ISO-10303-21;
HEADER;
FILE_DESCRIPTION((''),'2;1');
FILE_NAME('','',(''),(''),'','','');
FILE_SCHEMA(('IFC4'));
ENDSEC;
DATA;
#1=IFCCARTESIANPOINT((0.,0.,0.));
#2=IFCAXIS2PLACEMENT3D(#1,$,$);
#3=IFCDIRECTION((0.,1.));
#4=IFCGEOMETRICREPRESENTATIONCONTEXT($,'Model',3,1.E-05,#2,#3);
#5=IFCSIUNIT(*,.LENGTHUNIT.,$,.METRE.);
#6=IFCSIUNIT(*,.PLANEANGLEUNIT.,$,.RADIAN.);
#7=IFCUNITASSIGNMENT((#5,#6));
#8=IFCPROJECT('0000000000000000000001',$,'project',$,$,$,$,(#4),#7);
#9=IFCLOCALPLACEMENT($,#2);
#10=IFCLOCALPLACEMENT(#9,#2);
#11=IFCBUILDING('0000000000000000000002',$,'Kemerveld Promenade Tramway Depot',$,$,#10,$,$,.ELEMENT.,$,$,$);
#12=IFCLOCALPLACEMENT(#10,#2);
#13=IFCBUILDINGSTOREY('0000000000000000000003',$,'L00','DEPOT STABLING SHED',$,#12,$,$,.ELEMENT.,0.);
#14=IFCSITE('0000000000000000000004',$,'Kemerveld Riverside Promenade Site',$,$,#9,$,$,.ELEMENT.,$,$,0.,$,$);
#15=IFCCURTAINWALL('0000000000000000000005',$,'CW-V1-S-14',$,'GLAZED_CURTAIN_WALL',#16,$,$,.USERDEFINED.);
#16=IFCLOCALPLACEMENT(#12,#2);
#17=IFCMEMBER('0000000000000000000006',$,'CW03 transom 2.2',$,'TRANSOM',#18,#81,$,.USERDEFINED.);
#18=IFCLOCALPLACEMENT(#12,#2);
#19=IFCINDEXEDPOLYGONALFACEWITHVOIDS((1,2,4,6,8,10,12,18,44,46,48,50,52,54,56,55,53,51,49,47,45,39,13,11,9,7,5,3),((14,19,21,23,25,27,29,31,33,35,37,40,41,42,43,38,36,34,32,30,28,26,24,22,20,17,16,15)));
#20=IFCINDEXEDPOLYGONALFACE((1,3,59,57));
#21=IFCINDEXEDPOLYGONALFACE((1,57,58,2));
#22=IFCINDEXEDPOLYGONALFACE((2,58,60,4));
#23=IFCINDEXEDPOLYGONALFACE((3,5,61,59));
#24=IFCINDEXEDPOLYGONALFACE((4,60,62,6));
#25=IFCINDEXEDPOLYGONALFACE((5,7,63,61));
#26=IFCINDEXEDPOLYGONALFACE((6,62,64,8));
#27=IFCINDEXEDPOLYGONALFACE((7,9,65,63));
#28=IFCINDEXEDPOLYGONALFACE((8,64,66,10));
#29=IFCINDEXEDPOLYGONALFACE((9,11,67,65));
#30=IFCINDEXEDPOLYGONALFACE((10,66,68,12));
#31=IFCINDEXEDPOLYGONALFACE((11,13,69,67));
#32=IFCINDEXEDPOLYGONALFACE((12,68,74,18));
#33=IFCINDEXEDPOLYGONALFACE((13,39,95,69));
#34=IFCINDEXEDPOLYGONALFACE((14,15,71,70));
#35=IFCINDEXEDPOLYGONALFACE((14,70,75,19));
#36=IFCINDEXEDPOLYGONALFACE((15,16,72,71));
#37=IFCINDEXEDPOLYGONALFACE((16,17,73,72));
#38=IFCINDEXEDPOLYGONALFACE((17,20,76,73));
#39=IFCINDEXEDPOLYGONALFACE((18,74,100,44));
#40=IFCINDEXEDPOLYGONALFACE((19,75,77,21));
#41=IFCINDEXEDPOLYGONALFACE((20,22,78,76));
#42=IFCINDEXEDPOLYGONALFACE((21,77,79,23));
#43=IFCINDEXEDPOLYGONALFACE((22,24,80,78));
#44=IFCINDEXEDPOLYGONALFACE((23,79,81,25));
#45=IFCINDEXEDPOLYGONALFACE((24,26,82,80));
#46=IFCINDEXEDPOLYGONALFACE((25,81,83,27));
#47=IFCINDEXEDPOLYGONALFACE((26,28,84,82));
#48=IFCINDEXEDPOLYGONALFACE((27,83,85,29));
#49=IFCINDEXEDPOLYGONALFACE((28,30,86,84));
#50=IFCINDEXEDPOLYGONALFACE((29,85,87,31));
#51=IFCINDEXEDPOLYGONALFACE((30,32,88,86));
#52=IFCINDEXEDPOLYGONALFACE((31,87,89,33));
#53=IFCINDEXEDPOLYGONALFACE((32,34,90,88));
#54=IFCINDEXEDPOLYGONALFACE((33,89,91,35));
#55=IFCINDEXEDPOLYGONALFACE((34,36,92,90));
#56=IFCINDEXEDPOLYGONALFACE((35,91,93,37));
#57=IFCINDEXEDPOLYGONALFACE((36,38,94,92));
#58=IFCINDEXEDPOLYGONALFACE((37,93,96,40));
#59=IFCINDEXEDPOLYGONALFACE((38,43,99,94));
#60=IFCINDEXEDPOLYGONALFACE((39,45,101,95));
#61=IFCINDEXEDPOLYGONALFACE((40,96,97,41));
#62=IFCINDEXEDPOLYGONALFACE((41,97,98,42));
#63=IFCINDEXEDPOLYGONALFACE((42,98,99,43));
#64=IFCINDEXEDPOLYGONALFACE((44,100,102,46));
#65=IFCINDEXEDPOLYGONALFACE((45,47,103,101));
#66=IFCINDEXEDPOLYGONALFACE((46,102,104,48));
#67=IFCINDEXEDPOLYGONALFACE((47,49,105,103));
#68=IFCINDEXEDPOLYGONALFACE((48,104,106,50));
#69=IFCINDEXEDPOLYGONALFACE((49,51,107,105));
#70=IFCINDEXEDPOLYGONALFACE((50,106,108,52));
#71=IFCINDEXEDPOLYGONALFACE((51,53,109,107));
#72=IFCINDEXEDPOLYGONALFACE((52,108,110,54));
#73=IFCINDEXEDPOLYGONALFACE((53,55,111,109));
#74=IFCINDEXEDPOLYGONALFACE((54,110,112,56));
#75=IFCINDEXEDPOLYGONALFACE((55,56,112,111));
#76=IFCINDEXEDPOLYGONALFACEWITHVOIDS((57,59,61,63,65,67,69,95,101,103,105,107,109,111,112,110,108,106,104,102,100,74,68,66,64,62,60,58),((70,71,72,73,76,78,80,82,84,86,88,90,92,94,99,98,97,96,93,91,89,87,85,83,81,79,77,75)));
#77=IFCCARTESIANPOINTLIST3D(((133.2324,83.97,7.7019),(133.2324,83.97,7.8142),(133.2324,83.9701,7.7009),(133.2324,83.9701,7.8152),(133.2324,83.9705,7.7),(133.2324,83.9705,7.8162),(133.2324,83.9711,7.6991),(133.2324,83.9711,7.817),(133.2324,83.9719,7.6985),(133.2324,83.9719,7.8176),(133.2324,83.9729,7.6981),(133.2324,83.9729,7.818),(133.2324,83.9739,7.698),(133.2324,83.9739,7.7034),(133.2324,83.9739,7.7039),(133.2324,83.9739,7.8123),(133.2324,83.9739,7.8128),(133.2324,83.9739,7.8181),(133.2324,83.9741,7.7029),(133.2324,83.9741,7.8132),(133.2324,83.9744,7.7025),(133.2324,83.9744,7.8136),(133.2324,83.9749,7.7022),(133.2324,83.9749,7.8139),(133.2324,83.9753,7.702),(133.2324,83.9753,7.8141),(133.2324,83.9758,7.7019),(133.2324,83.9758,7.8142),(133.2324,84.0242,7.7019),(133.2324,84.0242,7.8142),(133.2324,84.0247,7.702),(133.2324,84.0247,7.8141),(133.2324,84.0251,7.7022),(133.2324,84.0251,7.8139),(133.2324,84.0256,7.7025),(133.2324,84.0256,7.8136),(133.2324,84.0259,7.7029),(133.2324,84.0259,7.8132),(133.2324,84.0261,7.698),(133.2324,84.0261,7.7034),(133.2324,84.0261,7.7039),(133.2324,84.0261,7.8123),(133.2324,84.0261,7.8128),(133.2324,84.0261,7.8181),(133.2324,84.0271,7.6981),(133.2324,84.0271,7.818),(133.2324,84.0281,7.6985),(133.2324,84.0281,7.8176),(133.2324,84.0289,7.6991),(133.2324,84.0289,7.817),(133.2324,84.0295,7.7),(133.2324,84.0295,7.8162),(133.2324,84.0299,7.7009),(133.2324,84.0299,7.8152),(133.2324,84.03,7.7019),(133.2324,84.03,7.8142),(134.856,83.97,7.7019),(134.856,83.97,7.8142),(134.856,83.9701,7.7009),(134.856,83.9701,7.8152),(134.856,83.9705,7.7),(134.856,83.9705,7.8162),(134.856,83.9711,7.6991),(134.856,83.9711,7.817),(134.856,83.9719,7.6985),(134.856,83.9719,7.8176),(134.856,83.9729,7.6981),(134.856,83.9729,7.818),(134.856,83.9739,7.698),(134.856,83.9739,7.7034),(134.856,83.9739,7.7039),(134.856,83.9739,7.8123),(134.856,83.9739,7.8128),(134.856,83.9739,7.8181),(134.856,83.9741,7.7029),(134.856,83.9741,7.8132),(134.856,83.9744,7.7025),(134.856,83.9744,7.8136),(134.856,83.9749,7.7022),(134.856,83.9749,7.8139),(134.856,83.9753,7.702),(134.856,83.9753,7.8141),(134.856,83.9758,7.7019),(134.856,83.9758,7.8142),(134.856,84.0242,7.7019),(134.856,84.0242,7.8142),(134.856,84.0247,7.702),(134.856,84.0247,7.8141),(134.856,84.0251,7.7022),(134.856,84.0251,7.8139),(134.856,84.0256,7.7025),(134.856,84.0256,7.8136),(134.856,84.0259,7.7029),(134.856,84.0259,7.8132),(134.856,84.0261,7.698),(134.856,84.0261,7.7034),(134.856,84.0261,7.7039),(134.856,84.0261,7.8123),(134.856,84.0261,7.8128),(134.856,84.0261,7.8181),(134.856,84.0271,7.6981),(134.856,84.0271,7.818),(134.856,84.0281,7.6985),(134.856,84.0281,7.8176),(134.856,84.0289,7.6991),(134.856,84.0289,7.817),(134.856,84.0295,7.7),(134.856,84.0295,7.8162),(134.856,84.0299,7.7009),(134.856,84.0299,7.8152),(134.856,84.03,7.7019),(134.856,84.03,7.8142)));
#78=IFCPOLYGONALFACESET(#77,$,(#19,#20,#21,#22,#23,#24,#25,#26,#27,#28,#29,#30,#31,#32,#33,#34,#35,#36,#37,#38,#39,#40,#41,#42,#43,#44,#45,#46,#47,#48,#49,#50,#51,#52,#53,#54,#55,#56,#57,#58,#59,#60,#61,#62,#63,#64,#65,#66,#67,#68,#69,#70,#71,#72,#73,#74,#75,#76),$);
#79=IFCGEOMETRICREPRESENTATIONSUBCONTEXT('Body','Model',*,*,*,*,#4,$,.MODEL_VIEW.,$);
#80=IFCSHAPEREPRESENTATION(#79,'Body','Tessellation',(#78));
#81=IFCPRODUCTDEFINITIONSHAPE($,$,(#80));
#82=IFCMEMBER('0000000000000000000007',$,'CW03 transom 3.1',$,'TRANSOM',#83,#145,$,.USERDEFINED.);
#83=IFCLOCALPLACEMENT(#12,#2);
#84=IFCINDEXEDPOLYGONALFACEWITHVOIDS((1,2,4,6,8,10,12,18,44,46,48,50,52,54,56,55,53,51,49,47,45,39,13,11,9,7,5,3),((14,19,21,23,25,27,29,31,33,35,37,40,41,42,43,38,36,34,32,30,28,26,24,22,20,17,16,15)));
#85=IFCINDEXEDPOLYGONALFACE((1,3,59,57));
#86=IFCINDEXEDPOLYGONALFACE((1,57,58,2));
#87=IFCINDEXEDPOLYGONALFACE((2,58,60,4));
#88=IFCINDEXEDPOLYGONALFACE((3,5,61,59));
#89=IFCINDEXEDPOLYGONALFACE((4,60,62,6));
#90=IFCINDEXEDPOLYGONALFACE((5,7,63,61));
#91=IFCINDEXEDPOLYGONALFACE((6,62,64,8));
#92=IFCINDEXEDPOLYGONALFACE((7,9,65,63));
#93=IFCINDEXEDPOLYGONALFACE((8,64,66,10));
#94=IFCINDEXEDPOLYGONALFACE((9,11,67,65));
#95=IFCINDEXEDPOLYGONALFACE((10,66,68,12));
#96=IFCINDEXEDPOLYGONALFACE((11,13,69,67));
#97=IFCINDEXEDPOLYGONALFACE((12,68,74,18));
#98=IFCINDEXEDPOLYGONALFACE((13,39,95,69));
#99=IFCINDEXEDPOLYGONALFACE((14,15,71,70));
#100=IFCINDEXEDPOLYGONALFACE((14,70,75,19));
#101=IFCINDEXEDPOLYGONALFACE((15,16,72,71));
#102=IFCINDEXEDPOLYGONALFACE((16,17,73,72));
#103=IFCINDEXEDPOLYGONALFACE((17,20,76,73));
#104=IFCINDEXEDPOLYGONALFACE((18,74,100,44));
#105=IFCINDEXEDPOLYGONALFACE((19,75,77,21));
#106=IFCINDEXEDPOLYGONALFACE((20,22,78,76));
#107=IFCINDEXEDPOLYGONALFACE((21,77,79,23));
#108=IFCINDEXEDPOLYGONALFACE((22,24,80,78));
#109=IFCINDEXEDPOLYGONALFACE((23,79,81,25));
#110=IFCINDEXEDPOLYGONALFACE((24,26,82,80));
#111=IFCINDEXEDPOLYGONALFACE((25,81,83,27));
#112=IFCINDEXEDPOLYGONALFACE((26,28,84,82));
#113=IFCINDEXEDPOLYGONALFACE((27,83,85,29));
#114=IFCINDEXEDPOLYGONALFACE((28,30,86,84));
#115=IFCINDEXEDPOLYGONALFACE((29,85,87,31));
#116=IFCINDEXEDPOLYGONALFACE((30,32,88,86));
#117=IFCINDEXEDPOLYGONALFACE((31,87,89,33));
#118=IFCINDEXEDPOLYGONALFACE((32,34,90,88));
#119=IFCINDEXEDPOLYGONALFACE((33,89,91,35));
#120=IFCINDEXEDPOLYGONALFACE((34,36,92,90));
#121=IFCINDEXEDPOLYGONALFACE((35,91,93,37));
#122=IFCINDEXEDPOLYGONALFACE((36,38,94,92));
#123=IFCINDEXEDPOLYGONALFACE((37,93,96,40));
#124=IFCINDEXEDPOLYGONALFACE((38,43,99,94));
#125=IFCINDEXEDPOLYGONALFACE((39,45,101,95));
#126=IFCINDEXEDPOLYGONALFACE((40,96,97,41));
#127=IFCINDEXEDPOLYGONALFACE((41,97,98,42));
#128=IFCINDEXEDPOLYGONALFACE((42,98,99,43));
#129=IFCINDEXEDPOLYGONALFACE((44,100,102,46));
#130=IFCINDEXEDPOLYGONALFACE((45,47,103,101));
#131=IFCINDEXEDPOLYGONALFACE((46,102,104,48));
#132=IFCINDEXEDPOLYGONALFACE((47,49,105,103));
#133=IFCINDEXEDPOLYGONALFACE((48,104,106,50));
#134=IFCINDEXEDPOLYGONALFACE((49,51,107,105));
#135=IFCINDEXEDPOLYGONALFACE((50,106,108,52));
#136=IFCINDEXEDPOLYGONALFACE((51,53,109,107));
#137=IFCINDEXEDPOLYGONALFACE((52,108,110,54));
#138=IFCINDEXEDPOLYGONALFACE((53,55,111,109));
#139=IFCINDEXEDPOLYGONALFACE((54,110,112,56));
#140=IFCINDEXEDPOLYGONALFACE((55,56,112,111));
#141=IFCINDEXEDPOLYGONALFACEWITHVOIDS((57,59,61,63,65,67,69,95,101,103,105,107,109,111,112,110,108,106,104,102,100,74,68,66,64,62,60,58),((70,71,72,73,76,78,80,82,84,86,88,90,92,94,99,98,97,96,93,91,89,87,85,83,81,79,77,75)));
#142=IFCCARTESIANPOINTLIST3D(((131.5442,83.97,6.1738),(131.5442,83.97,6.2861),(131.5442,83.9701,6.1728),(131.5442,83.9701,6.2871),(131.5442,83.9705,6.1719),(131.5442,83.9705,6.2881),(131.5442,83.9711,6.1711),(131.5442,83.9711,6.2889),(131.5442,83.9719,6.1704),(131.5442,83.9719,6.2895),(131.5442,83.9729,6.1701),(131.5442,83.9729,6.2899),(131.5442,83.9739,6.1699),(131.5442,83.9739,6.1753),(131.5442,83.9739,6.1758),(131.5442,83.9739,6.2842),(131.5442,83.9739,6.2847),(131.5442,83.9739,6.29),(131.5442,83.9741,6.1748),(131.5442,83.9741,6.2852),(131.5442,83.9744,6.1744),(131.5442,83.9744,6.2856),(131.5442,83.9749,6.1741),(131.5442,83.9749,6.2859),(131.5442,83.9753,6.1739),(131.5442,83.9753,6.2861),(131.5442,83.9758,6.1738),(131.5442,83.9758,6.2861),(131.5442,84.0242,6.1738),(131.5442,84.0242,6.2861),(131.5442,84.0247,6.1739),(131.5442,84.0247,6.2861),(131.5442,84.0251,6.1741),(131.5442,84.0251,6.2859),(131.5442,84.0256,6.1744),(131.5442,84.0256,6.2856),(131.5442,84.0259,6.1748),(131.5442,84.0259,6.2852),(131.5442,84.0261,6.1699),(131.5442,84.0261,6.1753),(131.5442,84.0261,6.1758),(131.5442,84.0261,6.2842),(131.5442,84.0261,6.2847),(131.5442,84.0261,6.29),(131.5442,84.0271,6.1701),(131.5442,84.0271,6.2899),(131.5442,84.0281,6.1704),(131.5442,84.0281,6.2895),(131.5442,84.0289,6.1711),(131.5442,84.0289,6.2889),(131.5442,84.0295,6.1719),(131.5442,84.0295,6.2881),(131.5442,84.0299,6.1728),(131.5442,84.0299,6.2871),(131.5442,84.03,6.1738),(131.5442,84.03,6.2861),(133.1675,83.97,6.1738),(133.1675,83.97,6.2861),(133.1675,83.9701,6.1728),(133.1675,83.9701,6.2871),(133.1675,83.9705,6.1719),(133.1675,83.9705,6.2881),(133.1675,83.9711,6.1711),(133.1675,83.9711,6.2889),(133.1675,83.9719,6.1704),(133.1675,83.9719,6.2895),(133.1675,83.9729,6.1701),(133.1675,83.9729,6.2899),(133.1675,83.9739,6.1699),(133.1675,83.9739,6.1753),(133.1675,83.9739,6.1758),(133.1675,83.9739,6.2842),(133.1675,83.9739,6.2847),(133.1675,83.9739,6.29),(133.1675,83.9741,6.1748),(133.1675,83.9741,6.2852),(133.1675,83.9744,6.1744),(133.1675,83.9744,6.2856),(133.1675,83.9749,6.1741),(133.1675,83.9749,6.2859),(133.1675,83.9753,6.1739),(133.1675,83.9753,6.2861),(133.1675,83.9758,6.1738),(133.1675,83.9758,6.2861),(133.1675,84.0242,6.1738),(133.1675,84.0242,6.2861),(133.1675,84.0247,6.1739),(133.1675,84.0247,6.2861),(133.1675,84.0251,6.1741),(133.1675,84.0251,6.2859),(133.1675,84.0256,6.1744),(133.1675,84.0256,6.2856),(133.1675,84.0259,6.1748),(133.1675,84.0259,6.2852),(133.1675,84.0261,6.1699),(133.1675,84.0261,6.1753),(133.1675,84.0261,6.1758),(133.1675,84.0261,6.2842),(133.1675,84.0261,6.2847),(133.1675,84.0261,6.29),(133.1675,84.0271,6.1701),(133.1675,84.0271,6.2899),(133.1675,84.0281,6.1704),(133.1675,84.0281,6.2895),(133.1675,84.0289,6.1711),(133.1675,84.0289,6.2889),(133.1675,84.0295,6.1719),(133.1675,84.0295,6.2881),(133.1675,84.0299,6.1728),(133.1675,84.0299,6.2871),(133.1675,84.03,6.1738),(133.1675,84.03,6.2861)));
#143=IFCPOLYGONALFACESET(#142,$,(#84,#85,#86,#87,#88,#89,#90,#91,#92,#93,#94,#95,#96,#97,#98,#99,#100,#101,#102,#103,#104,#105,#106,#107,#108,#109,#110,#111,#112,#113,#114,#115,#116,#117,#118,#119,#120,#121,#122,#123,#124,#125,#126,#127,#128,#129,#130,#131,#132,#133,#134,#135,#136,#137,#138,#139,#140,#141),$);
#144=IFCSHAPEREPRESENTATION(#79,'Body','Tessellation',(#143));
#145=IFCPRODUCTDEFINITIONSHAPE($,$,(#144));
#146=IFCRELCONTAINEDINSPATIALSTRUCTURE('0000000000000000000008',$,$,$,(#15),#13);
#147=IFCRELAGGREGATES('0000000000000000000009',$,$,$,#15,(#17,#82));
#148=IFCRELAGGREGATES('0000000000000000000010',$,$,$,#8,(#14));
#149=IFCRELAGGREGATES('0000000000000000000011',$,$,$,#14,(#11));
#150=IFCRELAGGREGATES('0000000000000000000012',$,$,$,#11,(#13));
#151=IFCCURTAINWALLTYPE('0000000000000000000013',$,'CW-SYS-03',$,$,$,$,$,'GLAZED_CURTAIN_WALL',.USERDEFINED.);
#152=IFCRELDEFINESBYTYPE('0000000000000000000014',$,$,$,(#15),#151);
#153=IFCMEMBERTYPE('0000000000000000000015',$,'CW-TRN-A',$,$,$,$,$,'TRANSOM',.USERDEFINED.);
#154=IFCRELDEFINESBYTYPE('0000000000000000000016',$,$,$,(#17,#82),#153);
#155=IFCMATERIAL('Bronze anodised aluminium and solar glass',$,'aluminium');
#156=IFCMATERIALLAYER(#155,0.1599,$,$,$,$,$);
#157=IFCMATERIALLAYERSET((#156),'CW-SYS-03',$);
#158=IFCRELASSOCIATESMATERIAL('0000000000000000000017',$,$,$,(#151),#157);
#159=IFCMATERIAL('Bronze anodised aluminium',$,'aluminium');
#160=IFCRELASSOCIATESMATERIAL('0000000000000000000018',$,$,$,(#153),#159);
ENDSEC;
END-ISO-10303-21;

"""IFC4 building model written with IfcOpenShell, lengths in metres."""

from ifc_helpers import new_model, si_unit, direction, frame, origin, origin_2d, place, context, subcontext, project, spatial, hollow_rectangle, extrude, material, layer, layer_set, material_profile, profile_set, type_object, element, aggregate, save


model = new_model("IFC4")

# Units and contexts
model_context = context("Model", 3, precision=1e-05, world=origin(), true_north=direction((0.0, 1.0)))
body_context = subcontext(model_context, "Body", "Model", "MODEL_VIEW")
ifc_project = project(units=[si_unit("LENGTHUNIT", "METRE"), si_unit("PLANEANGLEUNIT", "RADIAN")], contexts=[model_context])

# Site, building, storey
site_placement = place(None, origin())
site = spatial("IfcSite", under=ifc_project, at=site_placement, Name="Kemerveld Riverside Promenade Site", CompositionType="ELEMENT", RefElevation=0.0)
building_placement = place(site_placement, origin())
building = spatial("IfcBuilding", under=site, at=building_placement, Name="Kemerveld Promenade Tramway Depot", CompositionType="ELEMENT")
storey_placement = place(building_placement, origin())
storey = spatial("IfcBuildingStorey", under=building, at=storey_placement, Name="L00", Description="DEPOT STABLING SHED", CompositionType="ELEMENT", Elevation=0.0)

# Curtain wall
ifc_material_1 = material(Name="Bronze anodised aluminium and solar glass", Category="aluminium")
ifc_layer_1 = layer(ifc_material_1, 0.1599)
ifc_layer_set_1 = layer_set([ifc_layer_1], Name="CW-SYS-03")
curtain_wall_type_1 = type_object("IfcCurtainWallType", Name="CW-SYS-03", ElementType="GLAZED_CURTAIN_WALL", PredefinedType="USERDEFINED", material=ifc_layer_set_1)
curtain_wall_1_placement = place(storey_placement, origin())
curtain_wall_1 = element("IfcCurtainWall", 1, at=curtain_wall_1_placement, inside=storey, type_object=curtain_wall_type_1, Name="CW-V1-S-14", ObjectType="GLAZED_CURTAIN_WALL", PredefinedType="USERDEFINED")
ifc_material_2 = material(Name="Bronze anodised aluminium", Category="aluminium")

# Members
ifc_material_profile_1 = material_profile(ifc_material_2, hollow_rectangle(XDim=0.0601, YDim=0.1201, WallThickness=0.0039, InnerFilletRadius=0.002, OuterFilletRadius=0.0039, at=origin_2d()), Name="CW-TRN-120x60")
ifc_profile_set_1 = profile_set([ifc_material_profile_1], Name="Bronze anodised aluminium")
member_type_1 = type_object("IfcMemberType", Name="CW-TRN-A", ElementType="TRANSOM", PredefinedType="USERDEFINED", material=ifc_profile_set_1)
member_1_placement = place(storey_placement, frame((134.856, 84.0, 7.7581), z_axis=(-1.0, 0.0, 0.0), x_axis=(0.0, -1.0, 0.0)))
member_1 = element("IfcMember", 2, at=member_1_placement, type_object=member_type_1, Name="CW03 transom 2.2", ObjectType="TRANSOM", PredefinedType="USERDEFINED", context=body_context, shape_type="SweptSolid", body=[
    extrude(hollow_rectangle(XDim=0.0601, YDim=0.1201, WallThickness=0.0039, InnerFilletRadius=0.002, OuterFilletRadius=0.0039, at=origin_2d()), origin(), (0.0, 0.0, 1.0), 1.6235),
])
member_2_placement = place(storey_placement, frame((133.1675, 84.0, 6.23), z_axis=(-1.0, 0.0, 0.0), x_axis=(0.0, -1.0, 0.0)))
member_2 = element("IfcMember", 3, at=member_2_placement, type_object=member_type_1, Name="CW03 transom 3.1", ObjectType="TRANSOM", PredefinedType="USERDEFINED", context=body_context, shape_type="SweptSolid", body=[
    extrude(hollow_rectangle(XDim=0.0601, YDim=0.1201, WallThickness=0.0039, InnerFilletRadius=0.002, OuterFilletRadius=0.0039, at=origin_2d()), origin(), (0.0, 0.0, 1.0), 1.6233),
])

aggregate(curtain_wall_1, [member_1, member_2])

save(model, "model.ifc")
